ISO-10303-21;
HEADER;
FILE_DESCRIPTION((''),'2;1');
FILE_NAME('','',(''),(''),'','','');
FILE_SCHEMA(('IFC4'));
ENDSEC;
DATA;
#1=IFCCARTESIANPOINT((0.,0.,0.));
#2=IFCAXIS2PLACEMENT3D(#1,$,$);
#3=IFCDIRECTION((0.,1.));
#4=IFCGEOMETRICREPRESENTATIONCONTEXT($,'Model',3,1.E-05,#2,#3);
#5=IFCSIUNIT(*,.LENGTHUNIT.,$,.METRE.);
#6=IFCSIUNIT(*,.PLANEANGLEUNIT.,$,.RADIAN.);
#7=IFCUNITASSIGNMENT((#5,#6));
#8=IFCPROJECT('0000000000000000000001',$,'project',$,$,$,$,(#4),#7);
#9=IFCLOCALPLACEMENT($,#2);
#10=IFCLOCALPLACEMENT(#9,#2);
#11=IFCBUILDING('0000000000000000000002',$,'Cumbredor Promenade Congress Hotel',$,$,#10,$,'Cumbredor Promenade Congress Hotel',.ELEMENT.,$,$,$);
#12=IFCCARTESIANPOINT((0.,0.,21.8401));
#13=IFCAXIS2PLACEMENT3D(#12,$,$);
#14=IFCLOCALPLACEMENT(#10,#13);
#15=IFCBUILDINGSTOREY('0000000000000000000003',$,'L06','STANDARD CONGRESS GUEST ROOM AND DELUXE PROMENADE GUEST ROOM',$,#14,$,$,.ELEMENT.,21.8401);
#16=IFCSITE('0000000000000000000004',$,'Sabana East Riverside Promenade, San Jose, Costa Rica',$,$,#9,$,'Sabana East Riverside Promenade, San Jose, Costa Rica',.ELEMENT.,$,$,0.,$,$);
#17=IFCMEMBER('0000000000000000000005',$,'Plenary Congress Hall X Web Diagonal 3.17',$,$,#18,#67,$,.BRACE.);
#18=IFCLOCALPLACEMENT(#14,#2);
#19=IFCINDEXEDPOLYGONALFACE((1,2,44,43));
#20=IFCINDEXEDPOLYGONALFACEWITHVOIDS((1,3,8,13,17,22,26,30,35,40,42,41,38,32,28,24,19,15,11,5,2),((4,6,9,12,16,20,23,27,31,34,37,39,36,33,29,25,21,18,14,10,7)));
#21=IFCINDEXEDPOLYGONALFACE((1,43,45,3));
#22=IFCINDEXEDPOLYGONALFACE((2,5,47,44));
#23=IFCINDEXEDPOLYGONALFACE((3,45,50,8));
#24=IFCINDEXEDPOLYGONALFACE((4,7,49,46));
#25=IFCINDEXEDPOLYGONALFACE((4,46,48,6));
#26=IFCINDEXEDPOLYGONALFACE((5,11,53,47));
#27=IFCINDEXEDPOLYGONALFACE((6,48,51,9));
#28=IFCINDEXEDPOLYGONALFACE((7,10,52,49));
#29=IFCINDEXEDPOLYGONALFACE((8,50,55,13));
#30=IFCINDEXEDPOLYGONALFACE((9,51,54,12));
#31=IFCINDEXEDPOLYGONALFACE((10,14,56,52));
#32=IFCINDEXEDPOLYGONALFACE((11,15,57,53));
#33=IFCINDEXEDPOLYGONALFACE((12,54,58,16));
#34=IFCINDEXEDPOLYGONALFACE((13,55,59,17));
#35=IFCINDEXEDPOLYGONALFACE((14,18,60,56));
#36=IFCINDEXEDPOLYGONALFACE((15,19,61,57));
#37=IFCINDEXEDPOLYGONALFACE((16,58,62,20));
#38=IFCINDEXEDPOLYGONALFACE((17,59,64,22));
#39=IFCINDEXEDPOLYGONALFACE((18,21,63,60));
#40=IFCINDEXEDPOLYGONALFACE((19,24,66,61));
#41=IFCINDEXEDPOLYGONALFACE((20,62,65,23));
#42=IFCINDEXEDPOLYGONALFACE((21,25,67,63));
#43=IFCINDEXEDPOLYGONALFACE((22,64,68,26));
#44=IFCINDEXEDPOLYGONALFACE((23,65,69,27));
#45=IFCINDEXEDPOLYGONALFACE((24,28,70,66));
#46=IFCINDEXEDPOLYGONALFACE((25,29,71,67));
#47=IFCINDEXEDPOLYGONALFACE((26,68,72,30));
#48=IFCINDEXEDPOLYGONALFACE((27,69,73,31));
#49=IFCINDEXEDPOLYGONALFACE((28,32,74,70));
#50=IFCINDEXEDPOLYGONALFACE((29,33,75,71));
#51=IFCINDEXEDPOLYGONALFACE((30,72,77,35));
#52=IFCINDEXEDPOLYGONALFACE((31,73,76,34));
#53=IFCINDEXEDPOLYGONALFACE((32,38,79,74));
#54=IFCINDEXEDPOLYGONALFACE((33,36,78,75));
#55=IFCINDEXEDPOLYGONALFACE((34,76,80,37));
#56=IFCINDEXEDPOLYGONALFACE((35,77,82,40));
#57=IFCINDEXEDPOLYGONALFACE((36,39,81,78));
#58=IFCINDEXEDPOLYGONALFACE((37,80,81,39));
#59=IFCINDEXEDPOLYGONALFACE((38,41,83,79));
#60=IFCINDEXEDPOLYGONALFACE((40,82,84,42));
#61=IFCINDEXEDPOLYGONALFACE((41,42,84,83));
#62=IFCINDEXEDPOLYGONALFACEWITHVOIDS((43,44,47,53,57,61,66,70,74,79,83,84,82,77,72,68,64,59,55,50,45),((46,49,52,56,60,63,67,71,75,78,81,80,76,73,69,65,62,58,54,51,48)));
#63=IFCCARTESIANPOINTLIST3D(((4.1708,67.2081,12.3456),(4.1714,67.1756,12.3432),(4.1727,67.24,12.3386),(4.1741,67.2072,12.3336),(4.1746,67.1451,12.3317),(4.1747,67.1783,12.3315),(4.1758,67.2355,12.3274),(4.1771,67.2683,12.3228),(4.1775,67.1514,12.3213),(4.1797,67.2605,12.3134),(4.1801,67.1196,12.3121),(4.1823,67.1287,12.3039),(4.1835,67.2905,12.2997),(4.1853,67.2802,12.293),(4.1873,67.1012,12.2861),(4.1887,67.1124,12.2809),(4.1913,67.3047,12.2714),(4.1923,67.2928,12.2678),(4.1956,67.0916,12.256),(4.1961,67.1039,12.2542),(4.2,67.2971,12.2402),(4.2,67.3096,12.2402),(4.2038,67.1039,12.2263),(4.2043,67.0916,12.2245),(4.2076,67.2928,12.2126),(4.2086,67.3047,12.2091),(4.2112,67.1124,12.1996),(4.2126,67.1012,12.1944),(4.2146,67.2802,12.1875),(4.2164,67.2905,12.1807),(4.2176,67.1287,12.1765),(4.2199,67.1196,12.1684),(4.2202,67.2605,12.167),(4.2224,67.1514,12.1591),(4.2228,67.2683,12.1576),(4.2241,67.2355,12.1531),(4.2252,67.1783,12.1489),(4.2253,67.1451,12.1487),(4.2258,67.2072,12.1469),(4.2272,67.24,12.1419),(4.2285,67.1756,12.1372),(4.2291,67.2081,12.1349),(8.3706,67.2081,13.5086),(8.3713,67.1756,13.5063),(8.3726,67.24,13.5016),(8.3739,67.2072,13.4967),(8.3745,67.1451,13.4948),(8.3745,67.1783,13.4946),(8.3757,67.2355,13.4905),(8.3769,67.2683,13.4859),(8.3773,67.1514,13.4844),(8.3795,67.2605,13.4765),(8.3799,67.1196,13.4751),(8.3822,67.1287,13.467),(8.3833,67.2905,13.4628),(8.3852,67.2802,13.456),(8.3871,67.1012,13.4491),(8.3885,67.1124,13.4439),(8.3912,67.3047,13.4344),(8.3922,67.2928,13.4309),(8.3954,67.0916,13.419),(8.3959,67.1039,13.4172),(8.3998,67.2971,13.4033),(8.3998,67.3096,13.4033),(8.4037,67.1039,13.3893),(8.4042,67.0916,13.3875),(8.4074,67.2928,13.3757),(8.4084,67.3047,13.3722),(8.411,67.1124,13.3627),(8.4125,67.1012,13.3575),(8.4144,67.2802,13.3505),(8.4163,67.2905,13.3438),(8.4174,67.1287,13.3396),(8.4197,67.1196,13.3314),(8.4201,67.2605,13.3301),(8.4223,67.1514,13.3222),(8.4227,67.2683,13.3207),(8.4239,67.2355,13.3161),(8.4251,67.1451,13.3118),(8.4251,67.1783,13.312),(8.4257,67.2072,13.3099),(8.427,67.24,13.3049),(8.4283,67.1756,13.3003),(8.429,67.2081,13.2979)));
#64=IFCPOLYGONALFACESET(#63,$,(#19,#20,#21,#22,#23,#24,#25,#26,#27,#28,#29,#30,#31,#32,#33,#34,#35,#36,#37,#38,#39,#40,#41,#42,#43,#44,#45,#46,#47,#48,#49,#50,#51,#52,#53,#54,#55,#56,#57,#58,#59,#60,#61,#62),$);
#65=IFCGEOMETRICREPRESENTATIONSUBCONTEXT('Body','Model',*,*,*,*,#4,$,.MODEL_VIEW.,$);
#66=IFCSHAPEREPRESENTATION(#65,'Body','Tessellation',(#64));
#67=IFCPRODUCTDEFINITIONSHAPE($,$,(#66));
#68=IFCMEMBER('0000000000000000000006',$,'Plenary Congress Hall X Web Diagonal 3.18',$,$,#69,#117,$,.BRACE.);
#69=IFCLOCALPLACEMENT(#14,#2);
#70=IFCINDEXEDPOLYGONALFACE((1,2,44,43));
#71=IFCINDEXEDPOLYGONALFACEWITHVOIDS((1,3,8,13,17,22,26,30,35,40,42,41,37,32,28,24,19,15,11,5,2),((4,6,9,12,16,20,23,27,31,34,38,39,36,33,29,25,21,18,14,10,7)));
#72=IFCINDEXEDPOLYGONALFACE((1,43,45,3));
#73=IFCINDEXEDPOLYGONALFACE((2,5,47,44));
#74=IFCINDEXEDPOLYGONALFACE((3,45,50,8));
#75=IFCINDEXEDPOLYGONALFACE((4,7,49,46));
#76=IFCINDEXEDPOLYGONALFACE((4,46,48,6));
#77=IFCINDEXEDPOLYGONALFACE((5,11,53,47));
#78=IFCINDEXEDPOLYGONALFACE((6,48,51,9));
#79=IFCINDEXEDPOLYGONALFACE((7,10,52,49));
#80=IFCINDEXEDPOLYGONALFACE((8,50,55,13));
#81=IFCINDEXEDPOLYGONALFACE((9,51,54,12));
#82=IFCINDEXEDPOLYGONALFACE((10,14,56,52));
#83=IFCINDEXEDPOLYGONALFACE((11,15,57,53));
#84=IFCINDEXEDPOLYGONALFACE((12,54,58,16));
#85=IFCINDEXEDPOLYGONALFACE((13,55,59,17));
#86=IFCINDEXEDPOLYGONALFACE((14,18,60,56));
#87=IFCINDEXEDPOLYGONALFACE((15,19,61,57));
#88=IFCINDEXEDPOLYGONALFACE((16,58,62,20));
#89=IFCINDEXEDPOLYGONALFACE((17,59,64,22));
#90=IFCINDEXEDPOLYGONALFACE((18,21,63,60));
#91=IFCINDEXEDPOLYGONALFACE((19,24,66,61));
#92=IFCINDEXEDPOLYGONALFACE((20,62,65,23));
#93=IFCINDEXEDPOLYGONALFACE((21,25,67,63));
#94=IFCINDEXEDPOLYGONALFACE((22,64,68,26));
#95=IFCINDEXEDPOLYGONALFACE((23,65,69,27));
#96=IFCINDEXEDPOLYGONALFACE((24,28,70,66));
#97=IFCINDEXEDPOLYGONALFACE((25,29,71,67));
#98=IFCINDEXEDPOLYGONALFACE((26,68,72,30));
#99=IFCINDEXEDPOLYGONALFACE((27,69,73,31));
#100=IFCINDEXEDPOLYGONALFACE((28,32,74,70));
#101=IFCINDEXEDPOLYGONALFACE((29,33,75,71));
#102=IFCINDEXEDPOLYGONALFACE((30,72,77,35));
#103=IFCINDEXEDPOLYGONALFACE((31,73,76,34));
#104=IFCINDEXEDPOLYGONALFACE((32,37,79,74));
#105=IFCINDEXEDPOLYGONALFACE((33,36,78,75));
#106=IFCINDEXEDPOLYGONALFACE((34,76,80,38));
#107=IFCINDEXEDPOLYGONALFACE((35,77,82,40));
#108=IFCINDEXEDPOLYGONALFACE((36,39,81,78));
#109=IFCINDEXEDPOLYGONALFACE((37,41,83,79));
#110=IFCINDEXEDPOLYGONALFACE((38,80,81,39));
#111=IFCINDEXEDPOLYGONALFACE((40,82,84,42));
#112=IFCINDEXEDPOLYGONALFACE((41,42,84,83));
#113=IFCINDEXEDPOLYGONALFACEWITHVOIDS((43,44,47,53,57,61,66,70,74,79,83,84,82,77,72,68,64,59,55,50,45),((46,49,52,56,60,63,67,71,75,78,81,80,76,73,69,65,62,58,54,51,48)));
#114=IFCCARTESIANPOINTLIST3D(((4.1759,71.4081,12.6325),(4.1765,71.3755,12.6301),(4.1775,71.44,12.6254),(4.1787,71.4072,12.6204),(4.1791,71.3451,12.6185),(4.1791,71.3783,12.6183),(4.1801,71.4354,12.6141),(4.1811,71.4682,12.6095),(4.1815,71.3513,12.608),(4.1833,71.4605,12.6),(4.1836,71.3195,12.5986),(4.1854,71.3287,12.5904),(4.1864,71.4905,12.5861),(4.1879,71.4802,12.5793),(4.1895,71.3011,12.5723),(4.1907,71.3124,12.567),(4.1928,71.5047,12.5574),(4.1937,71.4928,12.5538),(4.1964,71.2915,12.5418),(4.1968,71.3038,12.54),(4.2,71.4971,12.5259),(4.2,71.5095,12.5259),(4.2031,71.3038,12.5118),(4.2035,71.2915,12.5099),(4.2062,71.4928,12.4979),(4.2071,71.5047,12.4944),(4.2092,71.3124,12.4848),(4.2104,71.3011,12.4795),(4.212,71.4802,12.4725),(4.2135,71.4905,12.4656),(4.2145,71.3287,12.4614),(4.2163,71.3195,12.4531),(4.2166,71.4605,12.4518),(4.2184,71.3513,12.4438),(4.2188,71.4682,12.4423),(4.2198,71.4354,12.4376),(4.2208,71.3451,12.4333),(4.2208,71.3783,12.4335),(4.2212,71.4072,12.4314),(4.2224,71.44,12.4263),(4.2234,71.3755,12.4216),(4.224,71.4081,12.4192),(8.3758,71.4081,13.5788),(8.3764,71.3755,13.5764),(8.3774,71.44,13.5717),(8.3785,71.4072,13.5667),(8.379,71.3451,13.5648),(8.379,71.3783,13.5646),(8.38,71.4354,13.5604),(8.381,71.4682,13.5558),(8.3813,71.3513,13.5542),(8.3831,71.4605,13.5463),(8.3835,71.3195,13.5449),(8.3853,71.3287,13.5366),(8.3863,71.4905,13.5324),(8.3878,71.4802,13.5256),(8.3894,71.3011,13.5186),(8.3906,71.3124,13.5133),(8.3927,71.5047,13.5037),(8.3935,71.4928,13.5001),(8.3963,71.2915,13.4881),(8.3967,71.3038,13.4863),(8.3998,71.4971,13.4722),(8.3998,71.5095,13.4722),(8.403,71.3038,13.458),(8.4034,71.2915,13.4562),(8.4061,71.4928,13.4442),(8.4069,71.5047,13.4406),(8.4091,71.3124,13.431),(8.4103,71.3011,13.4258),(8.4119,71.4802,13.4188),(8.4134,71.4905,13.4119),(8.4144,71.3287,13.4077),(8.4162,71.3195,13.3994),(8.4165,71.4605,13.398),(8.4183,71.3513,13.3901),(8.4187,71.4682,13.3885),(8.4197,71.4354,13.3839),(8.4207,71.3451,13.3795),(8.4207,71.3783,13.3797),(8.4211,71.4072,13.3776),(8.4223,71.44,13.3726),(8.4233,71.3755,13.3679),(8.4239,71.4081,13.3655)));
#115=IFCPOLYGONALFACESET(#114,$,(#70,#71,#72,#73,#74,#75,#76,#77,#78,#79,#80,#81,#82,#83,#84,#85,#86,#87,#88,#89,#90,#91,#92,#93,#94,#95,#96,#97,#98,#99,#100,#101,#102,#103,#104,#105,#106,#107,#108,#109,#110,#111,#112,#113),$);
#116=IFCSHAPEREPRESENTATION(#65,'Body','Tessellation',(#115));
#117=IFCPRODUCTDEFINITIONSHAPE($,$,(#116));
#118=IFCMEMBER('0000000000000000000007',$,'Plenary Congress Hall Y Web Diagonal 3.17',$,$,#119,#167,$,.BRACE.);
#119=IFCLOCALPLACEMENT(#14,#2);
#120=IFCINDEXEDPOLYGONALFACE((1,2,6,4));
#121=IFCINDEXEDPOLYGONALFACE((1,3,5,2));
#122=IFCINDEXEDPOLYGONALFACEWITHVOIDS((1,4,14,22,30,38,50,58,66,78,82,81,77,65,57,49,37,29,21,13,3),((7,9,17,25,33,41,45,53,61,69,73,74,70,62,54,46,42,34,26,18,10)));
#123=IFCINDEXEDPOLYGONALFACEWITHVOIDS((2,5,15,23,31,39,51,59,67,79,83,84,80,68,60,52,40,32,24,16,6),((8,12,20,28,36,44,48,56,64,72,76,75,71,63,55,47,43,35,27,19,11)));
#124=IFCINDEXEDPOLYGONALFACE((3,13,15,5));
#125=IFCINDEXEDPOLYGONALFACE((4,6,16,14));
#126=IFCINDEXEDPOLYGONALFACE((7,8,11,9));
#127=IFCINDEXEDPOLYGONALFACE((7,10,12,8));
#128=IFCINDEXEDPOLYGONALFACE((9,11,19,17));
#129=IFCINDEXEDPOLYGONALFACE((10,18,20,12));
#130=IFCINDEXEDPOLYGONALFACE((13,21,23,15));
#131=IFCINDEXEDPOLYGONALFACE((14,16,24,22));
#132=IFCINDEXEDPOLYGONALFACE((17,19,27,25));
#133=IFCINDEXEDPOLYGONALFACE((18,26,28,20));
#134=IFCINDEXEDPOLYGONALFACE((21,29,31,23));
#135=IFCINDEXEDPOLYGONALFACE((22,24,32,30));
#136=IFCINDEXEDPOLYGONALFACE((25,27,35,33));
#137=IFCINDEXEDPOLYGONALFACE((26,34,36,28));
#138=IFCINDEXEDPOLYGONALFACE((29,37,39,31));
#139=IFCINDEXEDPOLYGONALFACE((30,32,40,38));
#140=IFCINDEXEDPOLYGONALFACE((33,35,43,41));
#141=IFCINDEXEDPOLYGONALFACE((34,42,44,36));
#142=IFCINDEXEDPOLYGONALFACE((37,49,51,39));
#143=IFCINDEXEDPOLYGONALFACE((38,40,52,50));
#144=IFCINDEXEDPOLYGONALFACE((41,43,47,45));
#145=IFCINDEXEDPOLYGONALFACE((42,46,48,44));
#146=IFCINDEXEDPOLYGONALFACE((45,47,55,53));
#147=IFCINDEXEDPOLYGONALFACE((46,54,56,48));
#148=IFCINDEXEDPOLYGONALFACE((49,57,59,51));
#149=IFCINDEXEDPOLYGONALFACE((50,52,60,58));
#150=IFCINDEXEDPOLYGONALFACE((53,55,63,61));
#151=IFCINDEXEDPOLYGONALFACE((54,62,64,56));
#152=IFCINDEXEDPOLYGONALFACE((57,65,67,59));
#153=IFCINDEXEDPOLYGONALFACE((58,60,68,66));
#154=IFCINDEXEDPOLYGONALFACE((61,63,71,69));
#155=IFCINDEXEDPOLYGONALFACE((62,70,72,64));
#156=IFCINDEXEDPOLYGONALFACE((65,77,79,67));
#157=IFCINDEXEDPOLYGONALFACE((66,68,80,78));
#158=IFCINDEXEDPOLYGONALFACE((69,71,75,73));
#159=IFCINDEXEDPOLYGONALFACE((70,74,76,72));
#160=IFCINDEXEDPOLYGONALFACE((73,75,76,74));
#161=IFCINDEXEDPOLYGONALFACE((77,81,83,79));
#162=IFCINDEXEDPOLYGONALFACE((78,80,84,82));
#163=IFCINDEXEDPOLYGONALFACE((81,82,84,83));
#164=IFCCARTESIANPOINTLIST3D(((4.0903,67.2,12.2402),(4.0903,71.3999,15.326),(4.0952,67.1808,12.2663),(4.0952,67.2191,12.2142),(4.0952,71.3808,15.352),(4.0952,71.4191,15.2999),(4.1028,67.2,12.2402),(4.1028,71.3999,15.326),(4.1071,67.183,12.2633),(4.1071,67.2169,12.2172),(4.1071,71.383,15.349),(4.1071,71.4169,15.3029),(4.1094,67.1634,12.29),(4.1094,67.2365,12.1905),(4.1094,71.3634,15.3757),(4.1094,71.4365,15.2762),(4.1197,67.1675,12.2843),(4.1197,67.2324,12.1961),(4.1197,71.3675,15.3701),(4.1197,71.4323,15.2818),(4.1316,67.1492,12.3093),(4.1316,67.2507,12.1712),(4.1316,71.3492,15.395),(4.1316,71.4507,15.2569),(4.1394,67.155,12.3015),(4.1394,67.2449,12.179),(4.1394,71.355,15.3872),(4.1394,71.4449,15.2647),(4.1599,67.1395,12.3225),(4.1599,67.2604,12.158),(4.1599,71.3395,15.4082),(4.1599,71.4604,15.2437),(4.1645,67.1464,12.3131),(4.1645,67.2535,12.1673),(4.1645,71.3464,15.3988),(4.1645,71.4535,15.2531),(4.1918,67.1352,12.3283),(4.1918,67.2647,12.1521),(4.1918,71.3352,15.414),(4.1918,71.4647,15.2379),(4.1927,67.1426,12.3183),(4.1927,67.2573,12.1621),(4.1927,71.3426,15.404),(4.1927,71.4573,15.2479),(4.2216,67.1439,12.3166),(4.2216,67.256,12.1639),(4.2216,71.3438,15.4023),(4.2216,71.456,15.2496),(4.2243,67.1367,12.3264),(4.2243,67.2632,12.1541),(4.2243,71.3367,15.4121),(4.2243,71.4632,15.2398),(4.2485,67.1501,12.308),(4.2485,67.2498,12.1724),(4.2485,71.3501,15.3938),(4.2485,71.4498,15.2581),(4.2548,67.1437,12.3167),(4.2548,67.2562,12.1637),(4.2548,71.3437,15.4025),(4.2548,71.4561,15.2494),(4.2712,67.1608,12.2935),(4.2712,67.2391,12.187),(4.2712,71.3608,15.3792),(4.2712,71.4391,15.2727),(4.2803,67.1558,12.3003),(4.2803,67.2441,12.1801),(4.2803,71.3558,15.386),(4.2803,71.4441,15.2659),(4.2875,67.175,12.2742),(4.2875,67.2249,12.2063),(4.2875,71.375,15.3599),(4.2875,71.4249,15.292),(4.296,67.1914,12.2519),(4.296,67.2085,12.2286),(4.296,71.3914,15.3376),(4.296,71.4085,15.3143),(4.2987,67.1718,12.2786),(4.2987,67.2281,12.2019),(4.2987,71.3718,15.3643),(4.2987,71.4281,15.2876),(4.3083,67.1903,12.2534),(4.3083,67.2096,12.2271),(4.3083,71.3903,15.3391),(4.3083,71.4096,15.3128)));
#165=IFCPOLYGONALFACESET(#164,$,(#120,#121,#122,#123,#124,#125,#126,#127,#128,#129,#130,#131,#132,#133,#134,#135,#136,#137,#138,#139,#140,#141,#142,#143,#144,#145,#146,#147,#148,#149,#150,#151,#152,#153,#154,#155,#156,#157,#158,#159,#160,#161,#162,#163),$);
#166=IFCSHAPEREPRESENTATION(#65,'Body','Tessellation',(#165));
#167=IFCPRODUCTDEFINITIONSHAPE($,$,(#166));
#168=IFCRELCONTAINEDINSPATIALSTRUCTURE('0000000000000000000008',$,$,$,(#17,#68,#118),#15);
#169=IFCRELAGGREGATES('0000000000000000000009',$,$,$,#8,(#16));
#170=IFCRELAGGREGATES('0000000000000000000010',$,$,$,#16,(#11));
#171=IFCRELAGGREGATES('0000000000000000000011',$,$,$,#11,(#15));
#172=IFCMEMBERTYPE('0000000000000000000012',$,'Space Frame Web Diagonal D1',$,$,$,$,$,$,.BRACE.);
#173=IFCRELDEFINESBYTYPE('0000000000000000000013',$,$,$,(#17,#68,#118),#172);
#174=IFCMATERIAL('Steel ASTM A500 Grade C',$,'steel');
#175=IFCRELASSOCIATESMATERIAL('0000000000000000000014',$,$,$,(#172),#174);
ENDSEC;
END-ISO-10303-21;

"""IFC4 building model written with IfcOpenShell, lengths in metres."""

from ifc_helpers import new_model, si_unit, direction, frame, origin, origin_2d, place, context, subcontext, project, spatial, hollow_circle, extrude, material, material_profile, profile_set, type_object, element, save


model = new_model("IFC4")

# Units and contexts
model_context = context("Model", 3, precision=1e-05, world=origin(), true_north=direction((0.0, 1.0)))
body_context = subcontext(model_context, "Body", "Model", "MODEL_VIEW")
ifc_project = project(units=[si_unit("LENGTHUNIT", "METRE"), si_unit("PLANEANGLEUNIT", "RADIAN")], contexts=[model_context])

# Site, building, storey
site_placement = place(None, origin())
site = spatial("IfcSite", under=ifc_project, at=site_placement, Name="Sabana East Riverside Promenade, San Jose, Costa Rica", LongName="Sabana East Riverside Promenade, San Jose, Costa Rica", CompositionType="ELEMENT", RefElevation=0.0)
building_placement = place(site_placement, origin())
building = spatial("IfcBuilding", under=site, at=building_placement, Name="Cumbredor Promenade Congress Hotel", LongName="Cumbredor Promenade Congress Hotel", CompositionType="ELEMENT")
storey_placement = place(building_placement, frame((0.0, 0.0, 21.8401)))
storey = spatial("IfcBuildingStorey", under=building, at=storey_placement, Name="L06", Description="STANDARD CONGRESS GUEST ROOM AND DELUXE PROMENADE GUEST ROOM", CompositionType="ELEMENT", Elevation=21.8401)

# Members
ifc_material_1 = material(Name="Steel ASTM A500 Grade C", Category="steel")
ifc_material_profile_1 = material_profile(ifc_material_1, hollow_circle(Radius=0.1096, WallThickness=0.0125, at=origin_2d()), Name="CHS 219.1x12.5")
ifc_profile_set_1 = profile_set([ifc_material_profile_1], Name="Steel ASTM A500 Grade C")
member_type_1 = type_object("IfcMemberType", Name="Space Frame Web Diagonal D1", PredefinedType="BRACE", material=ifc_profile_set_1)
member_1_placement = place(storey_placement, frame((4.2, 67.2, 12.2402), z_axis=(0.963729, 0.0, 0.266884), x_axis=(0.0, 1.0, 0.0)))
element("IfcMember", 1, at=member_1_placement, inside=storey, type_object=member_type_1, Name="Plenary Congress Hall X Web Diagonal 3.17", PredefinedType="BRACE", context=body_context, shape_type="SweptSolid", body=[
    extrude(hollow_circle(Radius=0.1096, WallThickness=0.0125, at=origin_2d()), origin(), (0.0, 0.0, 1.0), 4.3579),
])
member_2_placement = place(storey_placement, frame((4.2, 71.3999, 12.5259), z_axis=(0.975545, 0.0, 0.2198), x_axis=(0.0, 1.0, 0.0)))
element("IfcMember", 2, at=member_2_placement, inside=storey, type_object=member_type_1, Name="Plenary Congress Hall X Web Diagonal 3.18", PredefinedType="BRACE", context=body_context, shape_type="SweptSolid", body=[
    extrude(hollow_circle(Radius=0.1096, WallThickness=0.0125, at=origin_2d()), origin(), (0.0, 0.0, 1.0), 4.3052),
])
member_3_placement = place(storey_placement, frame((4.2, 67.2, 12.2402), z_axis=(0.0, 0.80588, 0.592078), x_axis=(-1.0, 0.0, 0.0)))
element("IfcMember", 3, at=member_3_placement, inside=storey, type_object=member_type_1, Name="Plenary Congress Hall Y Web Diagonal 3.17", PredefinedType="BRACE", context=body_context, shape_type="SweptSolid", body=[
    extrude(hollow_circle(Radius=0.1096, WallThickness=0.0125, at=origin_2d()), origin(), (0.0, 0.0, 1.0), 5.2117),
])

save(model, "model.ifc")
